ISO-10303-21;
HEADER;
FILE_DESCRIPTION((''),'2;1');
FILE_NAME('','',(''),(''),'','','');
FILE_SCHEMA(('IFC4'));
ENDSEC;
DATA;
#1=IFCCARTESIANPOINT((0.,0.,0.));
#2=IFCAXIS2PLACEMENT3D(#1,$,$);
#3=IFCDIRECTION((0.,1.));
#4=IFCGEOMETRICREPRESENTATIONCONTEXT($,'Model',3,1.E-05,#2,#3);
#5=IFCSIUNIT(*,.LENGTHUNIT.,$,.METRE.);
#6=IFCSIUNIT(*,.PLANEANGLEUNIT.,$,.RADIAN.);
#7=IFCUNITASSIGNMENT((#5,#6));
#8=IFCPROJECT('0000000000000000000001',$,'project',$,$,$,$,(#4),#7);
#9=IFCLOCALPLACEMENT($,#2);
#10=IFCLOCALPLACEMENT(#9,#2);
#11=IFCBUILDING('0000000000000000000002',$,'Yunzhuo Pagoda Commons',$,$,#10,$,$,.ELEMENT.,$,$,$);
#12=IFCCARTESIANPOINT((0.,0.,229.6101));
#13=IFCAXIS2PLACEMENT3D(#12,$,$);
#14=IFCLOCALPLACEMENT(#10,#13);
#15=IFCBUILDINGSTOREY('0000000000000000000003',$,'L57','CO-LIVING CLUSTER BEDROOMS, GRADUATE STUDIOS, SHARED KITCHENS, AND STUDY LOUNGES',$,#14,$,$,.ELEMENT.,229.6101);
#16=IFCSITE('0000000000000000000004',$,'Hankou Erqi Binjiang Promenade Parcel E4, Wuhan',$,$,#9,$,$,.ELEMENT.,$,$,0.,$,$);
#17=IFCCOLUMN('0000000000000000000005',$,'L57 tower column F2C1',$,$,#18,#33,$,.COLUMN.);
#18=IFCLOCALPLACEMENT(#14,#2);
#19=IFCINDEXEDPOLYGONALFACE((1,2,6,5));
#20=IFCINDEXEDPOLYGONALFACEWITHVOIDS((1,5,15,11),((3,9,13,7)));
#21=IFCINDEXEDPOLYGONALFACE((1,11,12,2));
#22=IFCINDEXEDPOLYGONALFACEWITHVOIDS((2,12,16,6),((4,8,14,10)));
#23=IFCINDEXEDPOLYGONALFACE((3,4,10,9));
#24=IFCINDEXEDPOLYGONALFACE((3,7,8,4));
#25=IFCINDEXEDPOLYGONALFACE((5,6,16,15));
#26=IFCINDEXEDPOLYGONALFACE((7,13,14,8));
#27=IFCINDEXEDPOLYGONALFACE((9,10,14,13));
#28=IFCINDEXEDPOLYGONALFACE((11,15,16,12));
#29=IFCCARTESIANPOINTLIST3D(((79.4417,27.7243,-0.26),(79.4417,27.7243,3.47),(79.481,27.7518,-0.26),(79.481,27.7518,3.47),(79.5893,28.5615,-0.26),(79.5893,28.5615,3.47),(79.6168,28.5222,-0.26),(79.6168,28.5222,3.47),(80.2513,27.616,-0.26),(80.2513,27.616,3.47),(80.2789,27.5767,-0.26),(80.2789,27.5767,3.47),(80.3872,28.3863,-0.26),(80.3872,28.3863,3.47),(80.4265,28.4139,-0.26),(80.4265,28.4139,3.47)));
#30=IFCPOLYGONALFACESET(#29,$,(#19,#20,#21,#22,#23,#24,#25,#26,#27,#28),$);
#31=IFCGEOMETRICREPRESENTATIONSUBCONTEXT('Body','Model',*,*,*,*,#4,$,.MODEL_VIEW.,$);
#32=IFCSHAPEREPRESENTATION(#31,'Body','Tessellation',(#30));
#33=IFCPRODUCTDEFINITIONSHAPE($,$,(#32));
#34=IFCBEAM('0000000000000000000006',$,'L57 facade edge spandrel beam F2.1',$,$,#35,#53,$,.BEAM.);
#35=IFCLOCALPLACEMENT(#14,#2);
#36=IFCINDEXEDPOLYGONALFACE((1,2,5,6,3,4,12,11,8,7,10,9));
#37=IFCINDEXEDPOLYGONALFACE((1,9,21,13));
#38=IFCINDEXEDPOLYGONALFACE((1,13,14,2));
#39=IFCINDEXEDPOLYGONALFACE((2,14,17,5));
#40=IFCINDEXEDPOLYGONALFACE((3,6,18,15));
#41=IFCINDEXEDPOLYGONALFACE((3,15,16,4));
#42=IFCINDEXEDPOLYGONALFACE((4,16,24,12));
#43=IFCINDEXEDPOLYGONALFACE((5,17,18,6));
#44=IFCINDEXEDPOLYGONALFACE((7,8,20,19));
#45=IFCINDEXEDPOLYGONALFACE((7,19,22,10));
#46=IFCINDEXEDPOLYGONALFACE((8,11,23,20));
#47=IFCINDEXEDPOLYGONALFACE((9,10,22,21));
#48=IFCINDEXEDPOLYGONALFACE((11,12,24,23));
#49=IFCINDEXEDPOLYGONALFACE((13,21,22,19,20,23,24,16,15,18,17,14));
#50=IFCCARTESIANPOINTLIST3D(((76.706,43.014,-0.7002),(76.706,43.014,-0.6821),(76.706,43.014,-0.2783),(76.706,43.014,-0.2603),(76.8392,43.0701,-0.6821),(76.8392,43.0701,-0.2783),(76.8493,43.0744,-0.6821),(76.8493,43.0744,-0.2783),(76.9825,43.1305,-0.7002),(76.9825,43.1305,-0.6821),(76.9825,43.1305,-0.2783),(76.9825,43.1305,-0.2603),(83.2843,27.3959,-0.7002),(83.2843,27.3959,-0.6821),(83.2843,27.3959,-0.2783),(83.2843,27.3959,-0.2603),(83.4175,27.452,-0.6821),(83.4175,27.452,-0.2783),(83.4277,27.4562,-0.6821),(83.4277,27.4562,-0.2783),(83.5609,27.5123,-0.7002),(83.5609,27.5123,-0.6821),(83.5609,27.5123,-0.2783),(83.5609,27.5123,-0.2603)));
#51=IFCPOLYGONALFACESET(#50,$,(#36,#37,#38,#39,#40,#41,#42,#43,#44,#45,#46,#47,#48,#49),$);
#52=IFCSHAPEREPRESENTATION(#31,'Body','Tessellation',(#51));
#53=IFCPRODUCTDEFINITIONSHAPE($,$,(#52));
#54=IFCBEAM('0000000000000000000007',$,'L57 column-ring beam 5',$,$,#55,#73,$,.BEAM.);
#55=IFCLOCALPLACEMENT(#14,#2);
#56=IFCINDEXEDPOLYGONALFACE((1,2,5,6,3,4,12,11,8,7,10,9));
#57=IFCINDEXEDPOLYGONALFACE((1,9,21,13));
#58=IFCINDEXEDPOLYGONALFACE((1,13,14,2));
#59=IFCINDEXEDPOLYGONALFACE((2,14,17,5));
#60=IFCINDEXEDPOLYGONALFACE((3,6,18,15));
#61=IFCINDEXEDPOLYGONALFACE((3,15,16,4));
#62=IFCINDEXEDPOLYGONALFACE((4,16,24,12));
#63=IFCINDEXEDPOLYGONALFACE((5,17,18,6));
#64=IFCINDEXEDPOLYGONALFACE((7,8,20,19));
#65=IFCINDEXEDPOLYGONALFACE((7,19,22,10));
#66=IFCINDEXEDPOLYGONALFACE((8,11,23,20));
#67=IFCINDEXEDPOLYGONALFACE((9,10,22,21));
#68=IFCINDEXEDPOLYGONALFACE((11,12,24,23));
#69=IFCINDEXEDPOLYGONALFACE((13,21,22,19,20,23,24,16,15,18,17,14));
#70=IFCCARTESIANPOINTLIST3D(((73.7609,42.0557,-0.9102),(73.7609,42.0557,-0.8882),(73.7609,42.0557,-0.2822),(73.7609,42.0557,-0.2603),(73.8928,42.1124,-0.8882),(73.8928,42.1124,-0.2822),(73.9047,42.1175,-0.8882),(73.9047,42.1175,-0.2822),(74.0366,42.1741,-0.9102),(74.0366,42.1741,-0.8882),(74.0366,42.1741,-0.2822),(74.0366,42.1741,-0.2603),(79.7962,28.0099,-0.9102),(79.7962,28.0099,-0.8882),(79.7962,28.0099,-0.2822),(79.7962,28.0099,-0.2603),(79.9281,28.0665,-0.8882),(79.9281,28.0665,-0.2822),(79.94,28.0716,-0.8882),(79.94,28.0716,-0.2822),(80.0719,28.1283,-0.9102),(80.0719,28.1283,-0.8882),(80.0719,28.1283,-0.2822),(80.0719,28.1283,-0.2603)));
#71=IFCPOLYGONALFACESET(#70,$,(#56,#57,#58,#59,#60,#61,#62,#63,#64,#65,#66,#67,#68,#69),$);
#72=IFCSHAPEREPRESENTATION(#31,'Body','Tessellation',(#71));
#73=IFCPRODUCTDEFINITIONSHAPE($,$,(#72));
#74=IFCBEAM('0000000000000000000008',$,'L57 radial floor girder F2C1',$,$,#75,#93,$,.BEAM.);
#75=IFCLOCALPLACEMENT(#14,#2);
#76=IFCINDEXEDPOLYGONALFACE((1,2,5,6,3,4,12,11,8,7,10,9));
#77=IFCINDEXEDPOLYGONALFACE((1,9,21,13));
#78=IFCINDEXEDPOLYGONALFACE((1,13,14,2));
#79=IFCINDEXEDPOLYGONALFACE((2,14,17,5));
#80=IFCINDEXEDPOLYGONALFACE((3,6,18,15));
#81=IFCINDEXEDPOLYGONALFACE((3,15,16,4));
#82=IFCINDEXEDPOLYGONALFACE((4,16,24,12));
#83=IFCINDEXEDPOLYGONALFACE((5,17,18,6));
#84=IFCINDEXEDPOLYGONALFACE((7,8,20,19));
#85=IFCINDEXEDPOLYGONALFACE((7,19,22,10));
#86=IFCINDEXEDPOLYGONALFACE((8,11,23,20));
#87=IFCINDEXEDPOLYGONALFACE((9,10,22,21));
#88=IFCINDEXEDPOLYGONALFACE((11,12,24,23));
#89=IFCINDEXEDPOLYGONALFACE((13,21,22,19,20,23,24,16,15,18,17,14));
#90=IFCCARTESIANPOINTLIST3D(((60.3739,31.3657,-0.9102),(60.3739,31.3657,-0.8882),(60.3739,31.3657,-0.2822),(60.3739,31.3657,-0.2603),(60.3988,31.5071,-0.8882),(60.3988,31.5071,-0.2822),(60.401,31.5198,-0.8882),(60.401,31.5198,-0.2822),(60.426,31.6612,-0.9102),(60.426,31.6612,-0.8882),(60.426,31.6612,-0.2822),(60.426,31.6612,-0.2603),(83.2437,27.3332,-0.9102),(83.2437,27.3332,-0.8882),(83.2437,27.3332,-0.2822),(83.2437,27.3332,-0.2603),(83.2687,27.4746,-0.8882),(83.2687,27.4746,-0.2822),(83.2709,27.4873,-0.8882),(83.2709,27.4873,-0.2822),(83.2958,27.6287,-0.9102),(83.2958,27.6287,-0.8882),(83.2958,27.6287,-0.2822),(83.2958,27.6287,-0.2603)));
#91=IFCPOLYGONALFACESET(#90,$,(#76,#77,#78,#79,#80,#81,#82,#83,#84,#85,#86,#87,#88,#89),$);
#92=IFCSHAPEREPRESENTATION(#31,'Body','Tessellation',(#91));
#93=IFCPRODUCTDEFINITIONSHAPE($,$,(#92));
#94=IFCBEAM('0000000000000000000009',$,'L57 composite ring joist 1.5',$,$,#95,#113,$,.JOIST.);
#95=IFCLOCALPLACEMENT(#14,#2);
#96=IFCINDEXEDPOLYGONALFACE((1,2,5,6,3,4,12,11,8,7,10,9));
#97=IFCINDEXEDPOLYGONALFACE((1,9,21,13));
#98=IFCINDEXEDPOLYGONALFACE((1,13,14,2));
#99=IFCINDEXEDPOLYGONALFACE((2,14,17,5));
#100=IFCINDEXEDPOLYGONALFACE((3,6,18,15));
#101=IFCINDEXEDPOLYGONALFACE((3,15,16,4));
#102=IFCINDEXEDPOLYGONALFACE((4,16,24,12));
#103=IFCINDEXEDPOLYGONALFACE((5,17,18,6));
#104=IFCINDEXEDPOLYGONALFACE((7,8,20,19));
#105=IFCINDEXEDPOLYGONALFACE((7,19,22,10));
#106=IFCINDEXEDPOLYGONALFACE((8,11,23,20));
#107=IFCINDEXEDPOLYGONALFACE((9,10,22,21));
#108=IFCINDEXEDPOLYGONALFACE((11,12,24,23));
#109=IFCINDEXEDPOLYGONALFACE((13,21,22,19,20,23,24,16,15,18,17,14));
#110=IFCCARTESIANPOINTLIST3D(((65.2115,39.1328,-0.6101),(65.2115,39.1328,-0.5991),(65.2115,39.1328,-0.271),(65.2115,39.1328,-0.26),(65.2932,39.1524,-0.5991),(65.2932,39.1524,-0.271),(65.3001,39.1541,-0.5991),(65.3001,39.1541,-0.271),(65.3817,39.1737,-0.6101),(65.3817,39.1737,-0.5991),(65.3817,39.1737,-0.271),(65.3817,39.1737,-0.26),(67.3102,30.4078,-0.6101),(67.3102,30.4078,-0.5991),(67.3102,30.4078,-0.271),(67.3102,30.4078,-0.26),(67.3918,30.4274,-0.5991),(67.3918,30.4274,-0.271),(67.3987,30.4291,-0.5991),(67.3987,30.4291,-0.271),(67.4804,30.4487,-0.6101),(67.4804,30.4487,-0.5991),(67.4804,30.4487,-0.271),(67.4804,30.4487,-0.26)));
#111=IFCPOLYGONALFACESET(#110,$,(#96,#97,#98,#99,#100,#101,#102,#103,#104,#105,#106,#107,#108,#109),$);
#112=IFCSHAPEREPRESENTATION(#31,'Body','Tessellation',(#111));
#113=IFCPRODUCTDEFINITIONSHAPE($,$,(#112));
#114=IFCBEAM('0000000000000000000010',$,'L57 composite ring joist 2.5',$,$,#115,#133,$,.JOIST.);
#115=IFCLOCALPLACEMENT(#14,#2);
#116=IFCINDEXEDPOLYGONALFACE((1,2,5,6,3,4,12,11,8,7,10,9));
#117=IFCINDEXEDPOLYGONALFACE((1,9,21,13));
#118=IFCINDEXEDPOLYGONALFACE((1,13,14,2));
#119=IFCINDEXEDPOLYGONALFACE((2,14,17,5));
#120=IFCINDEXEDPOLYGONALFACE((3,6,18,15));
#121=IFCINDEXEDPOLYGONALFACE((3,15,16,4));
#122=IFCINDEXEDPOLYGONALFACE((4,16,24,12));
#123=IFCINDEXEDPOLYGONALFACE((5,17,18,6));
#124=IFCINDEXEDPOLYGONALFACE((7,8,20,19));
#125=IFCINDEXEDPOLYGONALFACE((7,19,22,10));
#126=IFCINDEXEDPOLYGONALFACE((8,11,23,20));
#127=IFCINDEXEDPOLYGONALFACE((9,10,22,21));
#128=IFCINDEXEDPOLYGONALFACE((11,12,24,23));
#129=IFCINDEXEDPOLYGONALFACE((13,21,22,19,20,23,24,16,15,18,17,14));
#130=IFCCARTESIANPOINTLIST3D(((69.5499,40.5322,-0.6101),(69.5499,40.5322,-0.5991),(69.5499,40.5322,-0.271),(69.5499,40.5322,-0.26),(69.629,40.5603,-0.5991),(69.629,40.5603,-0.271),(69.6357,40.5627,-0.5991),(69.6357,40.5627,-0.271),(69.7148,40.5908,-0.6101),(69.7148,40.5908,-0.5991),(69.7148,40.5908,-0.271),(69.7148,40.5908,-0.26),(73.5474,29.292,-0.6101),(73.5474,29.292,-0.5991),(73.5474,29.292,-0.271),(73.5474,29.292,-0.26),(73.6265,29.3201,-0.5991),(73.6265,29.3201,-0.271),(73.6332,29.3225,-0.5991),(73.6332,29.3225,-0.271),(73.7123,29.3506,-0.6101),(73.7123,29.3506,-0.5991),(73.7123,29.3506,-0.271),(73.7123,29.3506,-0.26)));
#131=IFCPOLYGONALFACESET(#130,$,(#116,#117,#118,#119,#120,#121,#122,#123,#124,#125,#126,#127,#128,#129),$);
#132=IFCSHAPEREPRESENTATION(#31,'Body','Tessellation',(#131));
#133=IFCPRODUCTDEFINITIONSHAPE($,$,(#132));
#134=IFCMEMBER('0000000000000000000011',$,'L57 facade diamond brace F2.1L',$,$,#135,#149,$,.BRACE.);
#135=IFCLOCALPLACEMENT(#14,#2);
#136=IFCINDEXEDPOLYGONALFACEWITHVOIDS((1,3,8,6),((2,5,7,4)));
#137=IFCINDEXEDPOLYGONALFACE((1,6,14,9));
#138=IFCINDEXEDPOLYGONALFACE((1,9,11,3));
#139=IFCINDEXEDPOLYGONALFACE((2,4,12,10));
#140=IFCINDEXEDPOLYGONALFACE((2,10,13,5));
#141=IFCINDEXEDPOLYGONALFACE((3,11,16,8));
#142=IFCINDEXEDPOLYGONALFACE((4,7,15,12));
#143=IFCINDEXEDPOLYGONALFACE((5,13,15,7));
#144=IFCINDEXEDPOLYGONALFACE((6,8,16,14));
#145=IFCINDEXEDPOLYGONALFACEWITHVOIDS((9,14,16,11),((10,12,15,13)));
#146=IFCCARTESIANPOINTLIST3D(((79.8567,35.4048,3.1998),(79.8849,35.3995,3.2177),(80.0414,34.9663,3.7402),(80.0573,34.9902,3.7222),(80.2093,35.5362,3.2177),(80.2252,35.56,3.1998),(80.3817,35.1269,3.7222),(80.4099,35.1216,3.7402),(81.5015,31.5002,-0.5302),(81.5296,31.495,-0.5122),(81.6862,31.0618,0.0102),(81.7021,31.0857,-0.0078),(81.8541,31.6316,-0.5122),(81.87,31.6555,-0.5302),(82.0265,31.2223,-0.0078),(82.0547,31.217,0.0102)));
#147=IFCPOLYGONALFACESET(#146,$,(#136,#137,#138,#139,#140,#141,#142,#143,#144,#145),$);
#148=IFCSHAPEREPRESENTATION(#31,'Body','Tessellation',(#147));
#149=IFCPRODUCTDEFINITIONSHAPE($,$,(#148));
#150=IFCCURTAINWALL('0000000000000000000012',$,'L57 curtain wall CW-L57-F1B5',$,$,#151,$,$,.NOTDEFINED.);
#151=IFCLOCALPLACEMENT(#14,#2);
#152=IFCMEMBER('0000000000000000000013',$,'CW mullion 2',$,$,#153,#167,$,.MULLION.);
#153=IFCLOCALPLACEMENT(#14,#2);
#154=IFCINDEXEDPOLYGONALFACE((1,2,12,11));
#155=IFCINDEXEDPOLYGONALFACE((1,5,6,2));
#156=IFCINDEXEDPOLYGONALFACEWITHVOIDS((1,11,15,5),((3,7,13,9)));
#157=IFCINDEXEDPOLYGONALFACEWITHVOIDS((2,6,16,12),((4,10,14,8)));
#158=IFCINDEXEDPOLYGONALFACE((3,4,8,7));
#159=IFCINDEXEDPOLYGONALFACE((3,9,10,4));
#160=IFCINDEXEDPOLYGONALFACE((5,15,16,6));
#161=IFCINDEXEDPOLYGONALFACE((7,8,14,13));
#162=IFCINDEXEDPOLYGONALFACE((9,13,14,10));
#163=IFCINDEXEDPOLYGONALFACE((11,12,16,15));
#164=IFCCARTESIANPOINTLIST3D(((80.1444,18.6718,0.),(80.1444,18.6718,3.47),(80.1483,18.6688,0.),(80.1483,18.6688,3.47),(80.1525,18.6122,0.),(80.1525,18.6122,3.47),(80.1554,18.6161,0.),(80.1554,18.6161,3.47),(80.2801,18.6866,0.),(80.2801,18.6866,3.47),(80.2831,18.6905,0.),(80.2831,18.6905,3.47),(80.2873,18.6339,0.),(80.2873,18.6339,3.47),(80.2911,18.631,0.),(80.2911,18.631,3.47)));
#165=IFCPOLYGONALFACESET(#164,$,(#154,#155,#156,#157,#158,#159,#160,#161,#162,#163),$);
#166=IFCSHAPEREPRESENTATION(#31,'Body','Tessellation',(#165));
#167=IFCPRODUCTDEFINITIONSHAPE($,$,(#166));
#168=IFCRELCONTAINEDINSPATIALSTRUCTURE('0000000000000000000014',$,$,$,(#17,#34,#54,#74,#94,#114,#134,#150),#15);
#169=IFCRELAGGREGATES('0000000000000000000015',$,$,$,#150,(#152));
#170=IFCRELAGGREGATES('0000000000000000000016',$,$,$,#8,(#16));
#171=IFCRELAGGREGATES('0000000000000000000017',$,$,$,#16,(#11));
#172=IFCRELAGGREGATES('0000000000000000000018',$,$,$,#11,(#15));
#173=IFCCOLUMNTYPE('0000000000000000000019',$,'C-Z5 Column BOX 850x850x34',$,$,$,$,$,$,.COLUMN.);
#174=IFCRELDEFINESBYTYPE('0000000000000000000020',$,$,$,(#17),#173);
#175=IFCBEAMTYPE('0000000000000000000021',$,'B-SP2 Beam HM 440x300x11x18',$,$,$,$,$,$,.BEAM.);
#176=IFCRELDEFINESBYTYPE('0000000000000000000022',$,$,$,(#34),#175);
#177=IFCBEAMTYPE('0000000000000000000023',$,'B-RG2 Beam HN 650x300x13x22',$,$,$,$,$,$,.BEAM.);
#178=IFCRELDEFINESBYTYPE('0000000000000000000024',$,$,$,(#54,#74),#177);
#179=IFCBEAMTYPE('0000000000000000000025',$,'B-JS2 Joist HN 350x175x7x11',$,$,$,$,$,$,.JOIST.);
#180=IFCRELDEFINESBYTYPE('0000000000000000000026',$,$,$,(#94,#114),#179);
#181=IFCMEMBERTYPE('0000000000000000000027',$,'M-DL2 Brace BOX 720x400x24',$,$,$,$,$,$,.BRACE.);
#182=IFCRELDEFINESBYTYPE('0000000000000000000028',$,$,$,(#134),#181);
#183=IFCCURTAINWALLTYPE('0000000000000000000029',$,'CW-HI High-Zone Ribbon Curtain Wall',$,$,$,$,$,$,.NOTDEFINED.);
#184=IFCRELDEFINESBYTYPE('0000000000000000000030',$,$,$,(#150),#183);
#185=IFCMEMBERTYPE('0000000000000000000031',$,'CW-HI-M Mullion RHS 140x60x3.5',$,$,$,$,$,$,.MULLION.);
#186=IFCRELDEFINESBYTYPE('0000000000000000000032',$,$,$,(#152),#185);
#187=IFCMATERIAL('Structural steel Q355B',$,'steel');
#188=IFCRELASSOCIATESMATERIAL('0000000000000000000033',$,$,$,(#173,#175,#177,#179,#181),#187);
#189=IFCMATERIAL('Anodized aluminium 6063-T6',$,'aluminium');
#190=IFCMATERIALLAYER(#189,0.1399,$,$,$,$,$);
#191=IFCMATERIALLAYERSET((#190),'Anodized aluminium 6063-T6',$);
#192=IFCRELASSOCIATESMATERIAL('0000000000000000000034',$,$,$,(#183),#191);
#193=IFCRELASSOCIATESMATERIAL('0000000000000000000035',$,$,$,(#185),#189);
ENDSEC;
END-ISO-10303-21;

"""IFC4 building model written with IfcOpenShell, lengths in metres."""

from ifc_helpers import new_model, si_unit, direction, frame, origin, origin_2d, place, context, subcontext, project, spatial, hollow_rectangle, i_section, extrude, source, transform, mapped, material, layer, layer_set, material_profile, profile_set, type_object, element, aggregate, save


model = new_model("IFC4")

# Units and contexts
model_context = context("Model", 3, precision=1e-05, world=origin(), true_north=direction((0.0, 1.0)))
body_context = subcontext(model_context, "Body", "Model", "MODEL_VIEW")
ifc_project = project(units=[si_unit("LENGTHUNIT", "METRE"), si_unit("PLANEANGLEUNIT", "RADIAN")], contexts=[model_context])

# Site, building, storey
site_placement = place(None, origin())
site = spatial("IfcSite", under=ifc_project, at=site_placement, Name="Hankou Erqi Binjiang Promenade Parcel E4, Wuhan", CompositionType="ELEMENT", RefElevation=0.0)
building_placement = place(site_placement, origin())
building = spatial("IfcBuilding", under=site, at=building_placement, Name="Yunzhuo Pagoda Commons", CompositionType="ELEMENT")
storey_placement = place(building_placement, frame((0.0, 0.0, 229.6101)))
storey = spatial("IfcBuildingStorey", under=building, at=storey_placement, Name="L57", Description="CO-LIVING CLUSTER BEDROOMS, GRADUATE STUDIOS, SHARED KITCHENS, AND STUDY LOUNGES", CompositionType="ELEMENT", Elevation=229.6101)

# Column
ifc_material_1 = material(Name="Structural steel Q355B", Category="steel")
ifc_material_profile_1 = material_profile(ifc_material_1, hollow_rectangle(XDim=0.8501, YDim=0.8501, WallThickness=0.0339, at=origin_2d()), Name="Structural steel Q355B")
ifc_profile_set_1 = profile_set([ifc_material_profile_1], Name="Structural steel Q355B")
column_type = type_object("IfcColumnType", Name="C-Z5 Column BOX 850x850x34", PredefinedType="COLUMN", material=ifc_profile_set_1)
shared_shape_1 = source(origin(), body_context, "Body", "SweptSolid", [
    extrude(hollow_rectangle(XDim=0.8501, YDim=0.8501, WallThickness=0.0339, at=origin_2d()), origin(), (0.0, 0.0, 1.0), 3.73),
])
column_placement = place(storey_placement, frame((79.9341, 28.0691, -0.26), z_axis=(0.0, 0.0, 1.0), x_axis=(0.173648, 0.984808, 0.0)))
element("IfcColumn", 1, at=column_placement, inside=storey, type_object=column_type, Name="L57 tower column F2C1", PredefinedType="COLUMN", context=body_context, shape_type="MappedRepresentation", body=[
    mapped(shared_shape_1, transform((0.0, 0.0, 0.0), scale=1.0)),
])

# Beams
ifc_material_profile_2 = material_profile(ifc_material_1, i_section(OverallWidth=0.3, OverallDepth=0.4399, WebThickness=0.011, FlangeThickness=0.0181, at=origin_2d()), Name="Structural steel Q355B")
ifc_profile_set_2 = profile_set([ifc_material_profile_2], Name="Structural steel Q355B")
beam_type_1 = type_object("IfcBeamType", Name="B-SP2 Beam HM 440x300x11x18", PredefinedType="BEAM", material=ifc_profile_set_2)
shared_shape_2 = source(origin(), body_context, "Body", "SweptSolid", [
    extrude(i_section(OverallWidth=0.3, OverallDepth=0.4399, WebThickness=0.011, FlangeThickness=0.0181, at=origin_2d()), origin(), (0.0, 0.0, 1.0), 16.947),
])
beam_1_placement = place(storey_placement, frame((83.4226, 27.4541, -0.4802), z_axis=(-0.388172, 0.921587, 0.0), x_axis=(-0.921587, -0.388172, 0.0)))
element("IfcBeam", 2, at=beam_1_placement, inside=storey, type_object=beam_type_1, Name="L57 facade edge spandrel beam F2.1", PredefinedType="BEAM", context=body_context, shape_type="MappedRepresentation", body=[
    mapped(shared_shape_2, transform((0.0, 0.0, 0.0), scale=1.0)),
])
ifc_material_profile_3 = material_profile(ifc_material_1, i_section(OverallWidth=0.3, OverallDepth=0.6499, WebThickness=0.0129, FlangeThickness=0.022, at=origin_2d()), Name="Structural steel Q355B")
ifc_profile_set_3 = profile_set([ifc_material_profile_3], Name="Structural steel Q355B")
beam_type_2 = type_object("IfcBeamType", Name="B-RG2 Beam HN 650x300x13x22", PredefinedType="BEAM", material=ifc_profile_set_3)
shared_shape_3 = source(origin(), body_context, "Body", "SweptSolid", [
    extrude(i_section(OverallWidth=0.3, OverallDepth=0.6499, WebThickness=0.0129, FlangeThickness=0.022, at=origin_2d()), origin(), (0.0, 0.0, 1.0), 15.2876),
])
beam_2_placement = place(storey_placement, frame((79.9341, 28.0691, -0.5852), z_axis=(-0.394788, 0.918772, 0.0), x_axis=(-0.918772, -0.394788, 0.0)))
element("IfcBeam", 3, at=beam_2_placement, inside=storey, type_object=beam_type_2, Name="L57 column-ring beam 5", PredefinedType="BEAM", context=body_context, shape_type="MappedRepresentation", body=[
    mapped(shared_shape_3, transform((0.0, 0.0, 0.0), scale=1.0)),
])
shared_shape_4 = source(origin(), body_context, "Body", "SweptSolid", [
    extrude(i_section(OverallWidth=0.3, OverallDepth=0.6499, WebThickness=0.0129, FlangeThickness=0.022, at=origin_2d()), origin(), (0.0, 0.0, 1.0), 23.2227),
])
beam_3_placement = place(storey_placement, frame((83.2698, 27.481, -0.5852), z_axis=(-0.984809, 0.173644, 0.0), x_axis=(-0.173644, -0.984809, 0.0)))
element("IfcBeam", 4, at=beam_3_placement, inside=storey, type_object=beam_type_2, Name="L57 radial floor girder F2C1", PredefinedType="BEAM", context=body_context, shape_type="MappedRepresentation", body=[
    mapped(shared_shape_4, transform((0.0, 0.0, 0.0), scale=1.0)),
])
ifc_material_profile_4 = material_profile(ifc_material_1, i_section(OverallWidth=0.175, OverallDepth=0.3501, WebThickness=0.0071, FlangeThickness=0.011, at=origin_2d()), Name="Structural steel Q355B")
ifc_profile_set_4 = profile_set([ifc_material_profile_4], Name="Structural steel Q355B")
beam_type_3 = type_object("IfcBeamType", Name="B-JS2 Joist HN 350x175x7x11", PredefinedType="JOIST", material=ifc_profile_set_4)
shared_shape_5 = source(origin(), body_context, "Body", "SweptSolid", [
    extrude(i_section(OverallWidth=0.175, OverallDepth=0.3501, WebThickness=0.0071, FlangeThickness=0.011, at=origin_2d()), origin(), (0.0, 0.0, 1.0), 8.9739),
])
beam_4_placement = place(storey_placement, frame((67.3953, 30.4282, -0.4351), z_axis=(-0.233859, 0.972271, 0.0), x_axis=(-0.972271, -0.233859, 0.0)))
element("IfcBeam", 5, at=beam_4_placement, inside=storey, type_object=beam_type_3, Name="L57 composite ring joist 1.5", PredefinedType="JOIST", context=body_context, shape_type="MappedRepresentation", body=[
    mapped(shared_shape_5, transform((0.0, 0.0, 0.0), scale=1.0)),
])
shared_shape_6 = source(origin(), body_context, "Body", "SweptSolid", [
    extrude(i_section(OverallWidth=0.175, OverallDepth=0.3501, WebThickness=0.0071, FlangeThickness=0.011, at=origin_2d()), origin(), (0.0, 0.0, 1.0), 11.9299),
])
beam_5_placement = place(storey_placement, frame((73.6299, 29.3213, -0.4351), z_axis=(-0.335086, 0.942187, 0.0), x_axis=(-0.942187, -0.335086, 0.0)))
element("IfcBeam", 6, at=beam_5_placement, inside=storey, type_object=beam_type_3, Name="L57 composite ring joist 2.5", PredefinedType="JOIST", context=body_context, shape_type="MappedRepresentation", body=[
    mapped(shared_shape_6, transform((0.0, 0.0, 0.0), scale=1.0)),
])

# Member
ifc_material_profile_5 = material_profile(ifc_material_1, hollow_rectangle(XDim=0.3999, YDim=0.72, WallThickness=0.0239, at=origin_2d()), Name="Structural steel Q355B")
ifc_profile_set_5 = profile_set([ifc_material_profile_5], Name="Structural steel Q355B")
member_type_1 = type_object("IfcMemberType", Name="M-DL2 Brace BOX 720x400x24", PredefinedType="BRACE", material=ifc_profile_set_5)
shared_shape_7 = source(origin(), body_context, "Body", "SweptSolid", [
    extrude(hollow_rectangle(XDim=0.3999, YDim=0.72, WallThickness=0.0239, at=origin_2d()), origin(), (0.0, 0.0, 1.0), 5.6448),
])
member_1_placement = place(storey_placement, frame((81.7781, 31.3586, -0.26), z_axis=(-0.29138, 0.691709, 0.660785), x_axis=(-0.921571, -0.388209, 0.0)))
element("IfcMember", 7, at=member_1_placement, inside=storey, type_object=member_type_1, Name="L57 facade diamond brace F2.1L", PredefinedType="BRACE", context=body_context, shape_type="MappedRepresentation", body=[
    mapped(shared_shape_7, transform((0.0, 0.0, 0.0), scale=1.0)),
])

# Curtain wall, member
ifc_material_2 = material(Name="Anodized aluminium 6063-T6", Category="aluminium")
ifc_layer_1 = layer(ifc_material_2, 0.1399)
ifc_layer_set_1 = layer_set([ifc_layer_1], Name="Anodized aluminium 6063-T6")
curtain_wall_type = type_object("IfcCurtainWallType", Name="CW-HI High-Zone Ribbon Curtain Wall", PredefinedType="NOTDEFINED", material=ifc_layer_set_1)
curtain_wall_1_placement = place(storey_placement, origin())
curtain_wall_1 = element("IfcCurtainWall", 8, at=curtain_wall_1_placement, inside=storey, type_object=curtain_wall_type, Name="L57 curtain wall CW-L57-F1B5", PredefinedType="NOTDEFINED")
ifc_material_profile_6 = material_profile(ifc_material_2, hollow_rectangle(XDim=0.0601, YDim=0.1399, WallThickness=0.0034, at=origin_2d()), Name="Anodized aluminium 6063-T6")
ifc_profile_set_6 = profile_set([ifc_material_profile_6], Name="Anodized aluminium 6063-T6")
member_type_2 = type_object("IfcMemberType", Name="CW-HI-M Mullion RHS 140x60x3.5", PredefinedType="MULLION", material=ifc_profile_set_6)
shared_shape_8 = source(origin(), body_context, "Body", "SweptSolid", [
    extrude(hollow_rectangle(XDim=0.0601, YDim=0.1399, WallThickness=0.0034, at=origin_2d()), origin(), (0.0, 0.0, 1.0), 3.47),
])
member_2_placement = place(storey_placement, frame((80.2178, 18.6514, 0.0), z_axis=(0.0, 0.0, 1.0), x_axis=(-0.13393, 0.990991, 0.0)))
member_2 = element("IfcMember", 9, at=member_2_placement, type_object=member_type_2, Name="CW mullion 2", PredefinedType="MULLION", context=body_context, shape_type="MappedRepresentation", body=[
    mapped(shared_shape_8, transform((0.0, 0.0, 0.0), scale=1.0)),
])

aggregate(curtain_wall_1, [member_2])

save(model, "model.ifc")
